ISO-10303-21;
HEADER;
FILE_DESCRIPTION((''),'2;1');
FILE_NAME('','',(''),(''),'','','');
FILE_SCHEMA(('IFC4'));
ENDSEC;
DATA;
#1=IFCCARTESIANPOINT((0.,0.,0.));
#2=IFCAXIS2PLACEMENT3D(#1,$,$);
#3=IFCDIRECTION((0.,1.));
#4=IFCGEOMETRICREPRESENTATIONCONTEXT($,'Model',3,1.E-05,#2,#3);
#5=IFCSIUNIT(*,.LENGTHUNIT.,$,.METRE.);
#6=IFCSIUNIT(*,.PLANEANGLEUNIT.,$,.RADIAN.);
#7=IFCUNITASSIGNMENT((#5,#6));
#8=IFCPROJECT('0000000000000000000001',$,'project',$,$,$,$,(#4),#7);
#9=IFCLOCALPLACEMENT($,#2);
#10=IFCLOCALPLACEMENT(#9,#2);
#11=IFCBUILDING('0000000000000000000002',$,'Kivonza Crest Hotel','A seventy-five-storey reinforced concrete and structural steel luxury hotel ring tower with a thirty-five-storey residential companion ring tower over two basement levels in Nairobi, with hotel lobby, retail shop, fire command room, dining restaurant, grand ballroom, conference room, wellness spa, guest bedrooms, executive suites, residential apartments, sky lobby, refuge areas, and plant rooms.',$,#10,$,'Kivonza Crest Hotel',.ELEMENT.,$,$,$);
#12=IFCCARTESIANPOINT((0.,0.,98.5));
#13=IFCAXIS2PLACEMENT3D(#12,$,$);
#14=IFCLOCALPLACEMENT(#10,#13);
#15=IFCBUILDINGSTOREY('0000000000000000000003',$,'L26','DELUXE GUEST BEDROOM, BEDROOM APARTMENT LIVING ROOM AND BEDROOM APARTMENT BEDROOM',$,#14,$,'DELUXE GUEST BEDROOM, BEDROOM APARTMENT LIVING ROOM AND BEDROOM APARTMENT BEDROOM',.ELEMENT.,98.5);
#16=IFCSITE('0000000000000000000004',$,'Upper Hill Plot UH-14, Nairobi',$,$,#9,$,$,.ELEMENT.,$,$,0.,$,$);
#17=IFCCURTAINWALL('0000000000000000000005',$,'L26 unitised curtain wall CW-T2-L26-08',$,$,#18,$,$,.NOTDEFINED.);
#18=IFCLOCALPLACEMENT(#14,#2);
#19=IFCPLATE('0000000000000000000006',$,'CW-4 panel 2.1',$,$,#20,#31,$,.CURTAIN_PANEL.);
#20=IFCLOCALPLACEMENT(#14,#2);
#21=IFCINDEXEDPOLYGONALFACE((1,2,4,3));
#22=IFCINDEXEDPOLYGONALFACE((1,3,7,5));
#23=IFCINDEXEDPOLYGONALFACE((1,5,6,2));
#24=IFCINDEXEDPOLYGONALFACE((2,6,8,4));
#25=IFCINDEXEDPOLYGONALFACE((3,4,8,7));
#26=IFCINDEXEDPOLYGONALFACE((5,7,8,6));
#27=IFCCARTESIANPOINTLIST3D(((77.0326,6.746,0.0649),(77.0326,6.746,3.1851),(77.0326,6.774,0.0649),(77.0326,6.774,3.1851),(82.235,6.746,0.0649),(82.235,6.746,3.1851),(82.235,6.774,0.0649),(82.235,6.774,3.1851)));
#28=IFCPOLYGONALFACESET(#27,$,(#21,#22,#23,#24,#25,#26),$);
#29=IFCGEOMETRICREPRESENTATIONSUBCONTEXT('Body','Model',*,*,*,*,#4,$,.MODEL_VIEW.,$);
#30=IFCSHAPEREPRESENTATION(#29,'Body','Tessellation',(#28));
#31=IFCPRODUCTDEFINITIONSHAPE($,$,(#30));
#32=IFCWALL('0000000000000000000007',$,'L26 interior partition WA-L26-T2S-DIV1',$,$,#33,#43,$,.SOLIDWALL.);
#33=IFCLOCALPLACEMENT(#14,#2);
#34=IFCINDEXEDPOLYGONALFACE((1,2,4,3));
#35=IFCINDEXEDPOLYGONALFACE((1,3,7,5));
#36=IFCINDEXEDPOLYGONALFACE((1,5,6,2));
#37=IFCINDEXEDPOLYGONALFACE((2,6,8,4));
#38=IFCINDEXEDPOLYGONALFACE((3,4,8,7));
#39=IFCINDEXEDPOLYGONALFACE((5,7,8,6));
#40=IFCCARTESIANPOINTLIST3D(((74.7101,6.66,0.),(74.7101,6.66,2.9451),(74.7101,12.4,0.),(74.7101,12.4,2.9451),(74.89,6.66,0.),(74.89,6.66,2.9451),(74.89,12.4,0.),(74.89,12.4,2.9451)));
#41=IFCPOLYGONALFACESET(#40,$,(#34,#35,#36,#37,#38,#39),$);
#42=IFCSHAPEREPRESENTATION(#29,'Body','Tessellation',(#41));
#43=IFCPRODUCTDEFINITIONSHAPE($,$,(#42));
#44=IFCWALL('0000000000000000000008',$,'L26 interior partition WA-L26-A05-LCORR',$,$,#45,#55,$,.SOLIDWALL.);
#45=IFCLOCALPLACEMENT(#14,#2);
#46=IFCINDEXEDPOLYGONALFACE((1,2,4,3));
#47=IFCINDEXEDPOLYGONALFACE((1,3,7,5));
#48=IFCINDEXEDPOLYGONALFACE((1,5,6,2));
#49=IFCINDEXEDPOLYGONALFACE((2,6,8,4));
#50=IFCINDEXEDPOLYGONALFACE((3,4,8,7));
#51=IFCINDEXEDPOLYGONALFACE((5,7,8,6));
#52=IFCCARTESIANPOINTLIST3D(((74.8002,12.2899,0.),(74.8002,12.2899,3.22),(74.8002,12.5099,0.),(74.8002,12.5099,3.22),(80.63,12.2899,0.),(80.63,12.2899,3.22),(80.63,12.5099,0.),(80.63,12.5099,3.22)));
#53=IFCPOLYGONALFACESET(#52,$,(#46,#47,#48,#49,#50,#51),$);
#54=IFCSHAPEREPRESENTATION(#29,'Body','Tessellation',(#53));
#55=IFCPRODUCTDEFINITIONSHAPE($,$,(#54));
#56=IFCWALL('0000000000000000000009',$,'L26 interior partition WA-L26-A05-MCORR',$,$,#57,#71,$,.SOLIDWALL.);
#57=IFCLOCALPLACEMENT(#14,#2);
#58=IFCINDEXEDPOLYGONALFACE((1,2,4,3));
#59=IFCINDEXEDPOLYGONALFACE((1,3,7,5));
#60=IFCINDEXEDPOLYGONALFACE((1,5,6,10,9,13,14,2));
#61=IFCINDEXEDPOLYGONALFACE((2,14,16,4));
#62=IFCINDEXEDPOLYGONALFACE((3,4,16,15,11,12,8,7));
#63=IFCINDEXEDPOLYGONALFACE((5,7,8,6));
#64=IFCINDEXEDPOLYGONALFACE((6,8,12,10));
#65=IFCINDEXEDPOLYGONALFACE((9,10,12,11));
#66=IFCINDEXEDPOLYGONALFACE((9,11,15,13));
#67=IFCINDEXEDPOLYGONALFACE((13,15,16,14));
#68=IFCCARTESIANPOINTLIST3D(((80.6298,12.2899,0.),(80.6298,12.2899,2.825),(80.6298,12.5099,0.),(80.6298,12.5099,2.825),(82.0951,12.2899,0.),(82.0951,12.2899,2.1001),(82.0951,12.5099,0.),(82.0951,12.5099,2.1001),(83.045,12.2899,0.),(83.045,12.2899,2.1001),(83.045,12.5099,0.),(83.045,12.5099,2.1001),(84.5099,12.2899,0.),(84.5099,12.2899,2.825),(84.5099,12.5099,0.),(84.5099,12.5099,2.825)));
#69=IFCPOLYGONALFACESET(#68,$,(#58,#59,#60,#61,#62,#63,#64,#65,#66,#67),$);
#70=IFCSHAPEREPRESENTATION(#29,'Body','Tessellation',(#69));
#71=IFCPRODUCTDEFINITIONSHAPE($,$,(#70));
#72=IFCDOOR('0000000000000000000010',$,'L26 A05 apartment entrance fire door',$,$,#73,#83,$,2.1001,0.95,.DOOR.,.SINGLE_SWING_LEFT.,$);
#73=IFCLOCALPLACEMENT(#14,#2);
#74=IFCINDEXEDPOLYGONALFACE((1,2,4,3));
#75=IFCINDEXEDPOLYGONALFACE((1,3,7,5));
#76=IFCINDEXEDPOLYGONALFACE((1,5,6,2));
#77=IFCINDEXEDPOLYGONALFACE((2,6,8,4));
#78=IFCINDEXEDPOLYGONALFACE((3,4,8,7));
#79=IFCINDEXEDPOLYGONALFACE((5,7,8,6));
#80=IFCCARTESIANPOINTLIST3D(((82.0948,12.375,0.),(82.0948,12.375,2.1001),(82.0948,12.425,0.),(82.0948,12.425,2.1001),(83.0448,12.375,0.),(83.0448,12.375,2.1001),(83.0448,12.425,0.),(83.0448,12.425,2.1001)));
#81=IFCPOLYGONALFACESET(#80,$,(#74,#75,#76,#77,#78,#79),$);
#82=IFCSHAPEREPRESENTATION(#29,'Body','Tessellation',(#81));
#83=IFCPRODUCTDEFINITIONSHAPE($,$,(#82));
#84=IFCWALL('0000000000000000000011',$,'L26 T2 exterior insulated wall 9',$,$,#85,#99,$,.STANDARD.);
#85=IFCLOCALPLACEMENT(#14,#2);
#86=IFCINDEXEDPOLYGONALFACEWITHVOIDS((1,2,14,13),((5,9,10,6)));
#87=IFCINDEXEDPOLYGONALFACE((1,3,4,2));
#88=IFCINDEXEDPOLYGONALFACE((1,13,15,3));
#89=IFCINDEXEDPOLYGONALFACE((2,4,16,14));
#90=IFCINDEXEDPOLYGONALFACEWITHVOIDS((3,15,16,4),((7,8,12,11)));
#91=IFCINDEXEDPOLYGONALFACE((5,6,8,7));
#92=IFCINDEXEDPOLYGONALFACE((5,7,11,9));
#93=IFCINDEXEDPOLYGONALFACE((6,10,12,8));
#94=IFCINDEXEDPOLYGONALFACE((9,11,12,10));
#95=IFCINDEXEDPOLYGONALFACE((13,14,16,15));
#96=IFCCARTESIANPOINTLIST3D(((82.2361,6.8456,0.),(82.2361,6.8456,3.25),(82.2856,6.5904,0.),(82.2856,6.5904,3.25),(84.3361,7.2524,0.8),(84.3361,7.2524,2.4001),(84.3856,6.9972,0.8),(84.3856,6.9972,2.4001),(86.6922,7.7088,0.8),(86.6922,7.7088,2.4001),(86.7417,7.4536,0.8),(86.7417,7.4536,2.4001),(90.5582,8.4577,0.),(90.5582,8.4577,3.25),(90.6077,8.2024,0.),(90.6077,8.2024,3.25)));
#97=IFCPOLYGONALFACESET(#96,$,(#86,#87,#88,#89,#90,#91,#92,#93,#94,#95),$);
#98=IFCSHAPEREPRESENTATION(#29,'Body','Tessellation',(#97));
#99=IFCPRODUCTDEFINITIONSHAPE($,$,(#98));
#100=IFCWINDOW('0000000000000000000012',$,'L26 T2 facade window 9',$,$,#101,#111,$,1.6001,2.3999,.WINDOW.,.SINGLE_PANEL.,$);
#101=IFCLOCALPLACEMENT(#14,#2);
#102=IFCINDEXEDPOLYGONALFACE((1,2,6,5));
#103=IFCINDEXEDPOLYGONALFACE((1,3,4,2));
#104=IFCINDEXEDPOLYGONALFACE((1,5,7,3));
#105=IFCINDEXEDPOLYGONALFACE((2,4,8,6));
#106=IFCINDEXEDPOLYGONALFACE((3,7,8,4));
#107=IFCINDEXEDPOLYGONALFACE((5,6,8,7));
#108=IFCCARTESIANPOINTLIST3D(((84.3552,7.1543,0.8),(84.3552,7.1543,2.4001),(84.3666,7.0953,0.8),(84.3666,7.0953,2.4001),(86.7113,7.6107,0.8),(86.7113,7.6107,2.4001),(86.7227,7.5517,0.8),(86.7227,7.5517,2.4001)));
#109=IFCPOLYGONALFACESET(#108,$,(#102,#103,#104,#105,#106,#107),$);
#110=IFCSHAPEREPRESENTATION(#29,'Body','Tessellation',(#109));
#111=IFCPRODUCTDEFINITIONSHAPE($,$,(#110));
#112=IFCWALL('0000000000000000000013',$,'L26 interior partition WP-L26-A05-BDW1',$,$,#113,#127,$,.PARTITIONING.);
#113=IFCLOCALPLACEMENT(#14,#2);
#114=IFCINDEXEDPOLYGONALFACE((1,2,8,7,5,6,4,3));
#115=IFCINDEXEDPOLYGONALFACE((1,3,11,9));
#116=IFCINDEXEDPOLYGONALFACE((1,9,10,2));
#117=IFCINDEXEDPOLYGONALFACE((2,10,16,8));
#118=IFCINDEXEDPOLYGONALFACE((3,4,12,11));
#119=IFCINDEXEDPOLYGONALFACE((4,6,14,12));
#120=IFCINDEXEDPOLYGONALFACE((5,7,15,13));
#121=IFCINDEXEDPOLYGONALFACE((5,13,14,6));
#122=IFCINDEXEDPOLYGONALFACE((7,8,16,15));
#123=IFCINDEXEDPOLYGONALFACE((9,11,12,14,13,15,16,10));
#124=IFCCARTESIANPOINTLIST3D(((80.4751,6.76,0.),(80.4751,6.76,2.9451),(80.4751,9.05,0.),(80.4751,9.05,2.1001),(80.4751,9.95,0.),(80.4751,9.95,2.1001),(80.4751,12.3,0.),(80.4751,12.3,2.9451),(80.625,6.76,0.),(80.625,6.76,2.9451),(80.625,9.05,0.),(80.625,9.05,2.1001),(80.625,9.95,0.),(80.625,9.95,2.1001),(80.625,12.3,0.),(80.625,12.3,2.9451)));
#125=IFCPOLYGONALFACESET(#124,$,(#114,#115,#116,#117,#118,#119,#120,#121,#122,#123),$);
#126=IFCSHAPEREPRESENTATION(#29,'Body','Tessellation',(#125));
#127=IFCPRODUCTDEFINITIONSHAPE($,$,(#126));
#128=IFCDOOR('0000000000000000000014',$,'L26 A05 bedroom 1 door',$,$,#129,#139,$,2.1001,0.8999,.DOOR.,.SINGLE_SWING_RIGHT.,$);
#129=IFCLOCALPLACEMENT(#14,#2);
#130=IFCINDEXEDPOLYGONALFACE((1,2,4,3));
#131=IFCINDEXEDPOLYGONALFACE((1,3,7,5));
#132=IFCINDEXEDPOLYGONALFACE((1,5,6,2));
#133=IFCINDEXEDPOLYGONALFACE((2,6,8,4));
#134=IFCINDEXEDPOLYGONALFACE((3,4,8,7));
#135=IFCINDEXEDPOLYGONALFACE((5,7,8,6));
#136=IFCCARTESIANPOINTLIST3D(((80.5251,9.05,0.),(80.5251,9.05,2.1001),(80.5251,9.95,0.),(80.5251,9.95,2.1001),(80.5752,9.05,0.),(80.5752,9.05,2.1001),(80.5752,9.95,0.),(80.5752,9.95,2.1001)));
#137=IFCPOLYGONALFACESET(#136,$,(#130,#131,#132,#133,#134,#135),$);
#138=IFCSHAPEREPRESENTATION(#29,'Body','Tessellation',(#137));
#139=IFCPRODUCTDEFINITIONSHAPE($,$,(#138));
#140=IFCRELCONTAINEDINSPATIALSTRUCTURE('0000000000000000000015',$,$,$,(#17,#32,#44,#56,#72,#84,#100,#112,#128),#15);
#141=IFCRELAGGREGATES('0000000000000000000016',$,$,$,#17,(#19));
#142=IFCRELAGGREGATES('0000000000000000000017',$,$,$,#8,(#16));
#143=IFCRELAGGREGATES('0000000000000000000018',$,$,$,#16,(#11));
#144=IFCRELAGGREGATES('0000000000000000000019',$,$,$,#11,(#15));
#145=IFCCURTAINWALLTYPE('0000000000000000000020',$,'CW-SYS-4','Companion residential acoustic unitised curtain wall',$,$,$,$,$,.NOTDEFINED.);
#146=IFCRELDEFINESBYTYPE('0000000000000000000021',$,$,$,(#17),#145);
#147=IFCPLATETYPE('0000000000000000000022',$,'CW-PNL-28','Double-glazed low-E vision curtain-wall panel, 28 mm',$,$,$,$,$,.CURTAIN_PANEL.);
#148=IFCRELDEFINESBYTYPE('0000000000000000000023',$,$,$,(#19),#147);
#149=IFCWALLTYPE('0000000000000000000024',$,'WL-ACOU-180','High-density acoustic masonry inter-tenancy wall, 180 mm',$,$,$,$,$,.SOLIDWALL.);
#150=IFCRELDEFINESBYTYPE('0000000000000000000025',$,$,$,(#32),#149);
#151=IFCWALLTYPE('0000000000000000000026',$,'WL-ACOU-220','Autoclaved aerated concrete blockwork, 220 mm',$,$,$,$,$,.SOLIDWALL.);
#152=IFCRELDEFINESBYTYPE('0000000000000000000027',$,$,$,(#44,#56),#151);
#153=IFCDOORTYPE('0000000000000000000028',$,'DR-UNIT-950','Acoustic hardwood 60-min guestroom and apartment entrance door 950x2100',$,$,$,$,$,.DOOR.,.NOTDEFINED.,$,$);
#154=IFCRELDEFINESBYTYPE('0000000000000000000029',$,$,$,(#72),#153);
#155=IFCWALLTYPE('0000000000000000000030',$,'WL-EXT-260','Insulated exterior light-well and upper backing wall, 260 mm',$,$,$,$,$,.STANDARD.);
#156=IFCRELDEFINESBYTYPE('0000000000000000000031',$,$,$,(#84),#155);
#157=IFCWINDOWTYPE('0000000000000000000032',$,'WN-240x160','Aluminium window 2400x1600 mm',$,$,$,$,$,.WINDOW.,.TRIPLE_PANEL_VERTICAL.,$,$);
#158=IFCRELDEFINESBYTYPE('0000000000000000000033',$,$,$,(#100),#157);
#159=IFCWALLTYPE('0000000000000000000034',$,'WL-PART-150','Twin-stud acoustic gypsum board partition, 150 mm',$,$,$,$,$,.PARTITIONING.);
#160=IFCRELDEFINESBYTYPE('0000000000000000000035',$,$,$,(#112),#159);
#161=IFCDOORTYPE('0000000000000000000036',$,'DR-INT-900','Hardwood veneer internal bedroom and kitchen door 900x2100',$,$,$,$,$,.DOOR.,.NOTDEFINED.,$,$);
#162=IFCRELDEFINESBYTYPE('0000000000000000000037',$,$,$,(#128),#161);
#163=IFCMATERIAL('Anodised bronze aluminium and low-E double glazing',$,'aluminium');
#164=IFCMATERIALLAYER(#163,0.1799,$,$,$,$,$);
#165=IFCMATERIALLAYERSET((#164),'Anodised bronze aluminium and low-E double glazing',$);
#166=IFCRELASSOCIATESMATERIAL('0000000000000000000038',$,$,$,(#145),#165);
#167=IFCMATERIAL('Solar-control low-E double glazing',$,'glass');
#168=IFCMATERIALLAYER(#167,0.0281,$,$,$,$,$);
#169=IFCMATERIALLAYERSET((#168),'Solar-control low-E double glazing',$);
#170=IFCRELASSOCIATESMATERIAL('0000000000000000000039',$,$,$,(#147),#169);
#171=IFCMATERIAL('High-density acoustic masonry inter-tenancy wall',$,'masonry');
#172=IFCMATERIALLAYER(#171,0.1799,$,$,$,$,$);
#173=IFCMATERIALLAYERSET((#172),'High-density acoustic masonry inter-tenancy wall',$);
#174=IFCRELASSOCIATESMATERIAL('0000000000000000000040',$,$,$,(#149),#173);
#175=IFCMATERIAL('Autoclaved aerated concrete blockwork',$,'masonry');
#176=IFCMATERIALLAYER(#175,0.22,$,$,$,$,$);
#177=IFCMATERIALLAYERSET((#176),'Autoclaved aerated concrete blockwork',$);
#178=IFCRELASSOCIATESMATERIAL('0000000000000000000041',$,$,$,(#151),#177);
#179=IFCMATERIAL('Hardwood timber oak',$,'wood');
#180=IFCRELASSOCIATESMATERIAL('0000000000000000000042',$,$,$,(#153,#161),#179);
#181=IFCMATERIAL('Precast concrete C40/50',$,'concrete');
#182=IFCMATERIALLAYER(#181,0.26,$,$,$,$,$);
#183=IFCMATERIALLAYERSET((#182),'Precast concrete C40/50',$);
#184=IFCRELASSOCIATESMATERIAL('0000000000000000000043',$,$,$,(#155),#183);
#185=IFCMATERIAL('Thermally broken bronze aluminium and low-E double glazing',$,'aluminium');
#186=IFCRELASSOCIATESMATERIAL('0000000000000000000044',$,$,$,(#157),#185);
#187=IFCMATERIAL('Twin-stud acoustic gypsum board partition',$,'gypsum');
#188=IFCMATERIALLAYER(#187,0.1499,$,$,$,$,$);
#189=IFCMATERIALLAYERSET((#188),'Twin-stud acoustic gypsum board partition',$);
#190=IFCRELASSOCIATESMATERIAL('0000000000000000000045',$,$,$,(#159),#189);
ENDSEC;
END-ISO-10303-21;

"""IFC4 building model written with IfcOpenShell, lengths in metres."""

from ifc_helpers import new_model, si_unit, direction, frame, frame_2d, origin, origin_2d, place, context, subcontext, project, spatial, rectangle, extrude, material, layer, layer_set, type_object, element, fill, aggregate, save


model = new_model("IFC4")

# Units and contexts
model_context = context("Model", 3, precision=1e-05, world=origin(), true_north=direction((0.0, 1.0)))
body_context = subcontext(model_context, "Body", "Model", "MODEL_VIEW")
ifc_project = project(units=[si_unit("LENGTHUNIT", "METRE"), si_unit("PLANEANGLEUNIT", "RADIAN")], contexts=[model_context])

# Site, building, storey
site_placement = place(None, origin())
site = spatial("IfcSite", under=ifc_project, at=site_placement, Name="Upper Hill Plot UH-14, Nairobi", CompositionType="ELEMENT", RefElevation=0.0)
building_placement = place(site_placement, origin())
building = spatial("IfcBuilding", under=site, at=building_placement, Name="Kivonza Crest Hotel", Description="A seventy-five-storey reinforced concrete and structural steel luxury hotel ring tower with a thirty-five-storey residential companion ring tower over two basement levels in Nairobi, with hotel lobby, retail shop, fire command room, dining restaurant, grand ballroom, conference room, wellness spa, guest bedrooms, executive suites, residential apartments, sky lobby, refuge areas, and plant rooms.", LongName="Kivonza Crest Hotel", CompositionType="ELEMENT")
storey_placement = place(building_placement, frame((0.0, 0.0, 98.5)))
storey = spatial("IfcBuildingStorey", under=building, at=storey_placement, Name="L26", Description="DELUXE GUEST BEDROOM, BEDROOM APARTMENT LIVING ROOM AND BEDROOM APARTMENT BEDROOM", LongName="DELUXE GUEST BEDROOM, BEDROOM APARTMENT LIVING ROOM AND BEDROOM APARTMENT BEDROOM", CompositionType="ELEMENT", Elevation=98.5)

# Curtain wall, plate
ifc_material_1 = material(Name="Anodised bronze aluminium and low-E double glazing", Category="aluminium")
ifc_layer_1 = layer(ifc_material_1, 0.1799)
ifc_layer_set_1 = layer_set([ifc_layer_1], Name="Anodised bronze aluminium and low-E double glazing")
curtain_wall_type = type_object("IfcCurtainWallType", Name="CW-SYS-4", Description="Companion residential acoustic unitised curtain wall", PredefinedType="NOTDEFINED", material=ifc_layer_set_1)
curtain_wall_placement = place(storey_placement, origin())
curtain_wall = element("IfcCurtainWall", 1, at=curtain_wall_placement, inside=storey, type_object=curtain_wall_type, Name="L26 unitised curtain wall CW-T2-L26-08", PredefinedType="NOTDEFINED")
ifc_material_2 = material(Name="Solar-control low-E double glazing", Category="glass")
ifc_layer_2 = layer(ifc_material_2, 0.0281)
ifc_layer_set_2 = layer_set([ifc_layer_2], Name="Solar-control low-E double glazing")
plate_type = type_object("IfcPlateType", Name="CW-PNL-28", Description="Double-glazed low-E vision curtain-wall panel, 28 mm", PredefinedType="CURTAIN_PANEL", material=ifc_layer_set_2)
plate_1_placement = place(storey_placement, frame((79.6338, 6.76, 0.0649), z_axis=(0.0, 0.0, 1.0), x_axis=(1.0, 0.0, 0.0)))
plate_1 = element("IfcPlate", 2, at=plate_1_placement, type_object=plate_type, Name="CW-4 panel 2.1", PredefinedType="CURTAIN_PANEL", context=body_context, shape_type="SweptSolid", body=[
    extrude(rectangle(XDim=5.2024, YDim=0.0281, at=origin_2d()), origin(), (0.0, 0.0, 1.0), 3.1201),
])
aggregate(curtain_wall, [plate_1])

# Walls
ifc_material_3 = material(Name="High-density acoustic masonry inter-tenancy wall", Category="masonry")
ifc_layer_3 = layer(ifc_material_3, 0.1799)
ifc_layer_set_3 = layer_set([ifc_layer_3], Name="High-density acoustic masonry inter-tenancy wall")
wall_type_1 = type_object("IfcWallType", Name="WL-ACOU-180", Description="High-density acoustic masonry inter-tenancy wall, 180 mm", PredefinedType="SOLIDWALL", material=ifc_layer_set_3)
wall_1_placement = place(storey_placement, frame((74.8, 6.6599, 0.0), z_axis=(0.0, 0.0, 1.0), x_axis=(0.0, 1.0, 0.0)))
element("IfcWall", 3, at=wall_1_placement, inside=storey, type_object=wall_type_1, Name="L26 interior partition WA-L26-T2S-DIV1", PredefinedType="SOLIDWALL", context=body_context, shape_type="SweptSolid", body=[
    extrude(rectangle(XDim=5.74, YDim=0.1799, at=frame_2d((2.8701, 0.0))), origin(), (0.0, 0.0, 1.0), 2.9451),
])
ifc_material_4 = material(Name="Autoclaved aerated concrete blockwork", Category="masonry")
ifc_layer_4 = layer(ifc_material_4, 0.22)
ifc_layer_set_4 = layer_set([ifc_layer_4], Name="Autoclaved aerated concrete blockwork")
wall_type_2 = type_object("IfcWallType", Name="WL-ACOU-220", Description="Autoclaved aerated concrete blockwork, 220 mm", PredefinedType="SOLIDWALL", material=ifc_layer_set_4)
wall_2_placement = place(storey_placement, frame((74.8, 12.3999, 0.0), z_axis=(0.0, 0.0, 1.0), x_axis=(1.0, 0.0, 0.0)))
element("IfcWall", 4, at=wall_2_placement, inside=storey, type_object=wall_type_2, Name="L26 interior partition WA-L26-A05-LCORR", PredefinedType="SOLIDWALL", context=body_context, shape_type="SweptSolid", body=[
    extrude(rectangle(XDim=5.8298, YDim=0.22, at=frame_2d((2.915, 0.0))), origin(), (0.0, 0.0, 1.0), 3.22),
])

# Wall, opening, door
wall_3_placement = place(storey_placement, frame((80.6299, 12.3999, 0.0), z_axis=(0.0, 0.0, 1.0), x_axis=(1.0, 0.0, 0.0)))
wall_3 = element("IfcWall", 5, at=wall_3_placement, inside=storey, type_object=wall_type_2, Name="L26 interior partition WA-L26-A05-MCORR", PredefinedType="SOLIDWALL", context=body_context, shape_type="SweptSolid", body=[
    extrude(rectangle(XDim=3.8801, YDim=0.22, at=frame_2d((1.9399, 0.0))), origin(), (0.0, 0.0, 1.0), 2.825),
])
opening_1_placement = place(wall_3_placement, frame((1.4651, 0.0, 0.0)))
opening_1 = element("IfcOpeningElement", 6, at=opening_1_placement, cuts=wall_3, PredefinedType="OPENING", context=body_context, shape_type="SweptSolid", body=[
    extrude(rectangle(XDim=0.95, YDim=2.1001, at=frame_2d((0.4751, 1.05))), frame((0.0, 0.1201, 0.0), z_axis=(0.0, -1.0, 0.0), x_axis=(1.0, 0.0, 0.0)), (0.0, 0.0, 1.0), 0.24),
])
ifc_material_5 = material(Name="Hardwood timber oak", Category="wood")
door_type_1 = type_object("IfcDoorType", Name="DR-UNIT-950", Description="Acoustic hardwood 60-min guestroom and apartment entrance door 950x2100", OperationType="NOTDEFINED", PredefinedType="DOOR", material=ifc_material_5)
door_1_placement = place(opening_1_placement, frame((0.95, 0.0, 0.0), z_axis=(0.0, 0.0, 1.0), x_axis=(-1.0, 0.0, 0.0)))
door_1 = element("IfcDoor", 7, at=door_1_placement, inside=storey, type_object=door_type_1, Name="L26 A05 apartment entrance fire door", OperationType="SINGLE_SWING_LEFT", OverallHeight=2.1001, OverallWidth=0.95, PredefinedType="DOOR", context=body_context, shape_type="SweptSolid", body=[
    extrude(rectangle(XDim=0.95, YDim=2.1001, at=frame_2d((0.4751, 1.05))), frame((0.0, 0.0249, 0.0), z_axis=(0.0, -1.0, 0.0), x_axis=(1.0, 0.0, 0.0)), (0.0, 0.0, 1.0), 0.05),
])
fill(opening_1, door_1)

# Wall, opening, window
ifc_material_6 = material(Name="Precast concrete C40/50", Category="concrete")
ifc_layer_5 = layer(ifc_material_6, 0.26)
ifc_layer_set_5 = layer_set([ifc_layer_5], Name="Precast concrete C40/50")
wall_type_3 = type_object("IfcWallType", Name="WL-EXT-260", Description="Insulated exterior light-well and upper backing wall, 260 mm", PredefinedType="STANDARD", material=ifc_layer_set_5)
wall_4_placement = place(storey_placement, frame((82.261, 6.718, 0.0), z_axis=(0.0, 0.0, 1.0), x_axis=(0.98175, 0.190175, 0.0)))
wall_4 = element("IfcWall", 8, at=wall_4_placement, inside=storey, type_object=wall_type_3, Name="L26 T2 exterior insulated wall 9", PredefinedType="STANDARD", context=body_context, shape_type="SweptSolid", body=[
    extrude(rectangle(XDim=8.4768, YDim=0.26, at=frame_2d((4.2383, 0.0))), origin(), (0.0, 0.0, 1.0), 3.25),
])
opening_2_placement = place(wall_4_placement, frame((2.1389, 0.0, 0.8)))
opening_2 = element("IfcOpeningElement", 9, at=opening_2_placement, cuts=wall_4, PredefinedType="OPENING", context=body_context, shape_type="SweptSolid", body=[
    extrude(rectangle(XDim=2.3999, YDim=1.6001, at=frame_2d((1.2, 0.8))), frame((0.0, 0.1401, 0.0), z_axis=(0.0, -1.0, 0.0), x_axis=(1.0, 0.0, 0.0)), (0.0, 0.0, 1.0), 0.28),
])
ifc_material_7 = material(Name="Thermally broken bronze aluminium and low-E double glazing", Category="aluminium")
window_type = type_object("IfcWindowType", Name="WN-240x160", Description="Aluminium window 2400x1600 mm", PartitioningType="TRIPLE_PANEL_VERTICAL", PredefinedType="WINDOW", material=ifc_material_7)
window_placement = place(opening_2_placement, origin())
window = element("IfcWindow", 10, at=window_placement, inside=storey, type_object=window_type, Name="L26 T2 facade window 9", OverallHeight=1.6001, OverallWidth=2.3999, PartitioningType="SINGLE_PANEL", PredefinedType="WINDOW", context=body_context, shape_type="SweptSolid", body=[
    extrude(rectangle(XDim=2.3999, YDim=1.6001, at=frame_2d((1.2, 0.8))), frame((0.0, 0.03, 0.0), z_axis=(0.0, -1.0, 0.0), x_axis=(1.0, 0.0, 0.0)), (0.0, 0.0, 1.0), 0.0601),
])
fill(opening_2, window)

# Wall, opening, door
ifc_material_8 = material(Name="Twin-stud acoustic gypsum board partition", Category="gypsum")
ifc_layer_6 = layer(ifc_material_8, 0.1499)
ifc_layer_set_6 = layer_set([ifc_layer_6], Name="Twin-stud acoustic gypsum board partition")
wall_type_4 = type_object("IfcWallType", Name="WL-PART-150", Description="Twin-stud acoustic gypsum board partition, 150 mm", PredefinedType="PARTITIONING", material=ifc_layer_set_6)
wall_5_placement = place(storey_placement, frame((80.55, 6.76, 0.0), z_axis=(0.0, 0.0, 1.0), x_axis=(0.0, 1.0, 0.0)))
wall_5 = element("IfcWall", 11, at=wall_5_placement, inside=storey, type_object=wall_type_4, Name="L26 interior partition WP-L26-A05-BDW1", PredefinedType="PARTITIONING", context=body_context, shape_type="SweptSolid", body=[
    extrude(rectangle(XDim=5.54, YDim=0.1499, at=frame_2d((2.77, 0.0))), origin(), (0.0, 0.0, 1.0), 2.9451),
])
opening_3_placement = place(wall_5_placement, frame((2.29, 0.0, 0.0)))
opening_3 = element("IfcOpeningElement", 12, at=opening_3_placement, cuts=wall_5, PredefinedType="OPENING", context=body_context, shape_type="SweptSolid", body=[
    extrude(rectangle(XDim=0.8999, YDim=2.1001, at=frame_2d((0.45, 1.05))), frame((0.0, 0.085, 0.0), z_axis=(0.0, -1.0, 0.0), x_axis=(1.0, 0.0, 0.0)), (0.0, 0.0, 1.0), 0.1699),
])
door_type_2 = type_object("IfcDoorType", Name="DR-INT-900", Description="Hardwood veneer internal bedroom and kitchen door 900x2100", OperationType="NOTDEFINED", PredefinedType="DOOR", material=ifc_material_5)
door_2_placement = place(opening_3_placement, origin())
door_2 = element("IfcDoor", 13, at=door_2_placement, inside=storey, type_object=door_type_2, Name="L26 A05 bedroom 1 door", OperationType="SINGLE_SWING_RIGHT", OverallHeight=2.1001, OverallWidth=0.8999, PredefinedType="DOOR", context=body_context, shape_type="SweptSolid", body=[
    extrude(rectangle(XDim=0.8999, YDim=2.1001, at=frame_2d((0.45, 1.05))), frame((0.0, 0.0249, 0.0), z_axis=(0.0, -1.0, 0.0), x_axis=(1.0, 0.0, 0.0)), (0.0, 0.0, 1.0), 0.05),
])
fill(opening_3, door_2)

save(model, "model.ifc")
